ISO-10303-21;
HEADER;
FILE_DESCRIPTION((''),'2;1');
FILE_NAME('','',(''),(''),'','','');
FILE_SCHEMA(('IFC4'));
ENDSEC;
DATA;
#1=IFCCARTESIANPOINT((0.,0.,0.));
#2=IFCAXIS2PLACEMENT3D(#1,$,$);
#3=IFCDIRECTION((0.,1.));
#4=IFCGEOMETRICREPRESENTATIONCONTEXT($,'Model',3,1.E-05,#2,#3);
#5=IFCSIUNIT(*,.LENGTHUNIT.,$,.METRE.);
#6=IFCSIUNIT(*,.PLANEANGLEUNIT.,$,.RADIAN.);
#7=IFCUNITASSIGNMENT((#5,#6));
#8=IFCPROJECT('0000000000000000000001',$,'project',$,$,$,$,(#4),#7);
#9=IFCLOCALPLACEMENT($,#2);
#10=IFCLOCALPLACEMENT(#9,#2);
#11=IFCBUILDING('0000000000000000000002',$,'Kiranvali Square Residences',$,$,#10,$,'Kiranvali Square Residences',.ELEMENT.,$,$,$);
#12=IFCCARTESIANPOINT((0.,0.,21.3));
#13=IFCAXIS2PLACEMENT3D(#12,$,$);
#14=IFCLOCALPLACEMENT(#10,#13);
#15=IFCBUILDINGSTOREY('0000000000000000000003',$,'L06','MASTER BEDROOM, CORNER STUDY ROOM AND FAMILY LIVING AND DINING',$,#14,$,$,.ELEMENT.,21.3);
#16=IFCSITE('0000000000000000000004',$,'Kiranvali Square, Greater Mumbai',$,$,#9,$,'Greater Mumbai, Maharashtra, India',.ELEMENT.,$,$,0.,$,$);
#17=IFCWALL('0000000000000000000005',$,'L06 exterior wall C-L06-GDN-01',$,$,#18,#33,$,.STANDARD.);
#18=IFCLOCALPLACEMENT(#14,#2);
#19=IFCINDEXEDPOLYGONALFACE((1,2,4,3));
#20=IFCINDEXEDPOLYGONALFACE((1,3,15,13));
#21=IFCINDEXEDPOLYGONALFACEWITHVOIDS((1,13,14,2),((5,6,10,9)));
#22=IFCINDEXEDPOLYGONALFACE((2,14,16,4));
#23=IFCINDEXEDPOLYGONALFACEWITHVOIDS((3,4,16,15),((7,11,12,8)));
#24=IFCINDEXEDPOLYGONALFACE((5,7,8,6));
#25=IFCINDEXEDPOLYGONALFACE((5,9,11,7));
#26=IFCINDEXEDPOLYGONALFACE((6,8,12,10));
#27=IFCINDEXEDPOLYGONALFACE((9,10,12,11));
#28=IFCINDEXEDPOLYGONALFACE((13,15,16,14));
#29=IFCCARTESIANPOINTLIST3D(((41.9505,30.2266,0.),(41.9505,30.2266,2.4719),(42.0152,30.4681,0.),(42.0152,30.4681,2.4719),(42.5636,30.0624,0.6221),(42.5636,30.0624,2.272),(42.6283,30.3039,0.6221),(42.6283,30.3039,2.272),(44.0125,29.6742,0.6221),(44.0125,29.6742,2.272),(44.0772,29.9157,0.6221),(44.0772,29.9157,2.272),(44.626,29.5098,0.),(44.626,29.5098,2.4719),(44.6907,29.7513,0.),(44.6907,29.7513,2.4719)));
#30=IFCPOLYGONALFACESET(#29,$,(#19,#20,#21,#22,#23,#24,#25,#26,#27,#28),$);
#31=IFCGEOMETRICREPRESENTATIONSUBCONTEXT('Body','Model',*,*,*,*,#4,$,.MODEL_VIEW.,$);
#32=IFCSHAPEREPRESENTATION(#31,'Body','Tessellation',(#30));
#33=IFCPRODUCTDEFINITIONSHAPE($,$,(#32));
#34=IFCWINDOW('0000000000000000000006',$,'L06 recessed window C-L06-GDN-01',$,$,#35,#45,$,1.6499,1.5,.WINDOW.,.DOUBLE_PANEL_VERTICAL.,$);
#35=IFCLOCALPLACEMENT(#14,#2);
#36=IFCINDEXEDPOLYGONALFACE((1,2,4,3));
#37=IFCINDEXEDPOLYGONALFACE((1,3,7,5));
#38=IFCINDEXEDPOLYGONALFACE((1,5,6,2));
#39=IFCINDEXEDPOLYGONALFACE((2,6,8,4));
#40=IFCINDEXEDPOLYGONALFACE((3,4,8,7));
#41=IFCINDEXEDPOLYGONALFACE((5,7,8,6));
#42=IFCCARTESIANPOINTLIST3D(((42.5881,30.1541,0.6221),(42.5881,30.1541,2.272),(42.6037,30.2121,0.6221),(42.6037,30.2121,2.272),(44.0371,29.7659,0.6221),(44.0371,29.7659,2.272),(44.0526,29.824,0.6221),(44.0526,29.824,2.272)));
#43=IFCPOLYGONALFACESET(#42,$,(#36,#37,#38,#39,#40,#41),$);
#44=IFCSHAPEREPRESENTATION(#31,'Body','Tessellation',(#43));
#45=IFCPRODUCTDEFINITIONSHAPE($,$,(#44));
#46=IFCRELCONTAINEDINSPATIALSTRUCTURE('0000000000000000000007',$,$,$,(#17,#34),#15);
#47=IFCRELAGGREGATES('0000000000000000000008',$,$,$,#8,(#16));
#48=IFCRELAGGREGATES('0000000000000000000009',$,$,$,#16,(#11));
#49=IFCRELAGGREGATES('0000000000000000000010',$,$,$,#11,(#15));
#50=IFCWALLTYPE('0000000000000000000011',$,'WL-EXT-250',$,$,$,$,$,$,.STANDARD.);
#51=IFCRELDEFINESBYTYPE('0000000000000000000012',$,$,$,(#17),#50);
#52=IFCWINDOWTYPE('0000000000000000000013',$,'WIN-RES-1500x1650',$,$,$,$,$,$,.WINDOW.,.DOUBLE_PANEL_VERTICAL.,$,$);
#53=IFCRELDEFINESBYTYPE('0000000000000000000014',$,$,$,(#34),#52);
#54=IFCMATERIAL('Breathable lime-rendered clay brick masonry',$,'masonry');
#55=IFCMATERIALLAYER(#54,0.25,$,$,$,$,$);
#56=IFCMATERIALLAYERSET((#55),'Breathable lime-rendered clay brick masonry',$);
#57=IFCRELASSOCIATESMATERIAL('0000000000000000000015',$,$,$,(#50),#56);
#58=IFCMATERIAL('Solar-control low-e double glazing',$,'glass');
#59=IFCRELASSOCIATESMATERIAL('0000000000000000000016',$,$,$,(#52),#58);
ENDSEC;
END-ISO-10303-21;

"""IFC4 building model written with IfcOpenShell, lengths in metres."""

from ifc_helpers import new_model, si_unit, direction, frame, frame_2d, origin, place, context, subcontext, project, spatial, rectangle, extrude, material, layer, layer_set, type_object, element, fill, save


model = new_model("IFC4")

# Units and contexts
model_context = context("Model", 3, precision=1e-05, world=origin(), true_north=direction((0.0, 1.0)))
body_context = subcontext(model_context, "Body", "Model", "MODEL_VIEW")
ifc_project = project(units=[si_unit("LENGTHUNIT", "METRE"), si_unit("PLANEANGLEUNIT", "RADIAN")], contexts=[model_context])

# Site, building, storey
site_placement = place(None, origin())
site = spatial("IfcSite", under=ifc_project, at=site_placement, Name="Kiranvali Square, Greater Mumbai", LongName="Greater Mumbai, Maharashtra, India", CompositionType="ELEMENT", RefElevation=0.0)
building_placement = place(site_placement, origin())
building = spatial("IfcBuilding", under=site, at=building_placement, Name="Kiranvali Square Residences", LongName="Kiranvali Square Residences", CompositionType="ELEMENT")
storey_placement = place(building_placement, frame((0.0, 0.0, 21.3)))
storey = spatial("IfcBuildingStorey", under=building, at=storey_placement, Name="L06", Description="MASTER BEDROOM, CORNER STUDY ROOM AND FAMILY LIVING AND DINING", CompositionType="ELEMENT", Elevation=21.3)

# Wall, opening, window
ifc_material_1 = material(Name="Breathable lime-rendered clay brick masonry", Category="masonry")
ifc_layer = layer(ifc_material_1, 0.25)
ifc_layer_set = layer_set([ifc_layer], Name="Breathable lime-rendered clay brick masonry")
wall_type = type_object("IfcWallType", Name="WL-EXT-250", PredefinedType="STANDARD", material=ifc_layer_set)
wall_placement = place(storey_placement, frame((44.6582, 29.6306, 0.0), z_axis=(0.0, 0.0, 1.0), x_axis=(-0.965936, 0.258782, 0.0)))
wall = element("IfcWall", 1, at=wall_placement, inside=storey, type_object=wall_type, Name="L06 exterior wall C-L06-GDN-01", PredefinedType="STANDARD", context=body_context, shape_type="SweptSolid", body=[
    extrude(rectangle(XDim=2.7698, YDim=0.25, at=frame_2d((1.3848, 0.0))), origin(), (0.0, 0.0, 1.0), 2.4719),
])
opening_placement = place(wall_placement, frame((0.635, 0.0, 0.6221)))
opening = element("IfcOpeningElement", 2, at=opening_placement, cuts=wall, PredefinedType="OPENING", context=body_context, shape_type="SweptSolid", body=[
    extrude(rectangle(XDim=1.5, YDim=1.6499, at=frame_2d((0.75, 0.825))), frame((0.0, 0.135, 0.0), z_axis=(0.0, -1.0, 0.0), x_axis=(1.0, 0.0, 0.0)), (0.0, 0.0, 1.0), 0.27),
])
ifc_material_2 = material(Name="Solar-control low-e double glazing", Category="glass")
window_type = type_object("IfcWindowType", Name="WIN-RES-1500x1650", PartitioningType="DOUBLE_PANEL_VERTICAL", PredefinedType="WINDOW", material=ifc_material_2)
window_placement = place(opening_placement, origin())
window = element("IfcWindow", 3, at=window_placement, inside=storey, type_object=window_type, Name="L06 recessed window C-L06-GDN-01", OverallHeight=1.6499, OverallWidth=1.5, PartitioningType="DOUBLE_PANEL_VERTICAL", PredefinedType="WINDOW", context=body_context, shape_type="SweptSolid", body=[
    extrude(rectangle(XDim=1.5, YDim=1.6499, at=frame_2d((0.75, 0.825))), frame((0.0, 0.03, 0.0), z_axis=(0.0, -1.0, 0.0), x_axis=(1.0, 0.0, 0.0)), (0.0, 0.0, 1.0), 0.0601),
])
fill(opening, window)

save(model, "model.ifc")
